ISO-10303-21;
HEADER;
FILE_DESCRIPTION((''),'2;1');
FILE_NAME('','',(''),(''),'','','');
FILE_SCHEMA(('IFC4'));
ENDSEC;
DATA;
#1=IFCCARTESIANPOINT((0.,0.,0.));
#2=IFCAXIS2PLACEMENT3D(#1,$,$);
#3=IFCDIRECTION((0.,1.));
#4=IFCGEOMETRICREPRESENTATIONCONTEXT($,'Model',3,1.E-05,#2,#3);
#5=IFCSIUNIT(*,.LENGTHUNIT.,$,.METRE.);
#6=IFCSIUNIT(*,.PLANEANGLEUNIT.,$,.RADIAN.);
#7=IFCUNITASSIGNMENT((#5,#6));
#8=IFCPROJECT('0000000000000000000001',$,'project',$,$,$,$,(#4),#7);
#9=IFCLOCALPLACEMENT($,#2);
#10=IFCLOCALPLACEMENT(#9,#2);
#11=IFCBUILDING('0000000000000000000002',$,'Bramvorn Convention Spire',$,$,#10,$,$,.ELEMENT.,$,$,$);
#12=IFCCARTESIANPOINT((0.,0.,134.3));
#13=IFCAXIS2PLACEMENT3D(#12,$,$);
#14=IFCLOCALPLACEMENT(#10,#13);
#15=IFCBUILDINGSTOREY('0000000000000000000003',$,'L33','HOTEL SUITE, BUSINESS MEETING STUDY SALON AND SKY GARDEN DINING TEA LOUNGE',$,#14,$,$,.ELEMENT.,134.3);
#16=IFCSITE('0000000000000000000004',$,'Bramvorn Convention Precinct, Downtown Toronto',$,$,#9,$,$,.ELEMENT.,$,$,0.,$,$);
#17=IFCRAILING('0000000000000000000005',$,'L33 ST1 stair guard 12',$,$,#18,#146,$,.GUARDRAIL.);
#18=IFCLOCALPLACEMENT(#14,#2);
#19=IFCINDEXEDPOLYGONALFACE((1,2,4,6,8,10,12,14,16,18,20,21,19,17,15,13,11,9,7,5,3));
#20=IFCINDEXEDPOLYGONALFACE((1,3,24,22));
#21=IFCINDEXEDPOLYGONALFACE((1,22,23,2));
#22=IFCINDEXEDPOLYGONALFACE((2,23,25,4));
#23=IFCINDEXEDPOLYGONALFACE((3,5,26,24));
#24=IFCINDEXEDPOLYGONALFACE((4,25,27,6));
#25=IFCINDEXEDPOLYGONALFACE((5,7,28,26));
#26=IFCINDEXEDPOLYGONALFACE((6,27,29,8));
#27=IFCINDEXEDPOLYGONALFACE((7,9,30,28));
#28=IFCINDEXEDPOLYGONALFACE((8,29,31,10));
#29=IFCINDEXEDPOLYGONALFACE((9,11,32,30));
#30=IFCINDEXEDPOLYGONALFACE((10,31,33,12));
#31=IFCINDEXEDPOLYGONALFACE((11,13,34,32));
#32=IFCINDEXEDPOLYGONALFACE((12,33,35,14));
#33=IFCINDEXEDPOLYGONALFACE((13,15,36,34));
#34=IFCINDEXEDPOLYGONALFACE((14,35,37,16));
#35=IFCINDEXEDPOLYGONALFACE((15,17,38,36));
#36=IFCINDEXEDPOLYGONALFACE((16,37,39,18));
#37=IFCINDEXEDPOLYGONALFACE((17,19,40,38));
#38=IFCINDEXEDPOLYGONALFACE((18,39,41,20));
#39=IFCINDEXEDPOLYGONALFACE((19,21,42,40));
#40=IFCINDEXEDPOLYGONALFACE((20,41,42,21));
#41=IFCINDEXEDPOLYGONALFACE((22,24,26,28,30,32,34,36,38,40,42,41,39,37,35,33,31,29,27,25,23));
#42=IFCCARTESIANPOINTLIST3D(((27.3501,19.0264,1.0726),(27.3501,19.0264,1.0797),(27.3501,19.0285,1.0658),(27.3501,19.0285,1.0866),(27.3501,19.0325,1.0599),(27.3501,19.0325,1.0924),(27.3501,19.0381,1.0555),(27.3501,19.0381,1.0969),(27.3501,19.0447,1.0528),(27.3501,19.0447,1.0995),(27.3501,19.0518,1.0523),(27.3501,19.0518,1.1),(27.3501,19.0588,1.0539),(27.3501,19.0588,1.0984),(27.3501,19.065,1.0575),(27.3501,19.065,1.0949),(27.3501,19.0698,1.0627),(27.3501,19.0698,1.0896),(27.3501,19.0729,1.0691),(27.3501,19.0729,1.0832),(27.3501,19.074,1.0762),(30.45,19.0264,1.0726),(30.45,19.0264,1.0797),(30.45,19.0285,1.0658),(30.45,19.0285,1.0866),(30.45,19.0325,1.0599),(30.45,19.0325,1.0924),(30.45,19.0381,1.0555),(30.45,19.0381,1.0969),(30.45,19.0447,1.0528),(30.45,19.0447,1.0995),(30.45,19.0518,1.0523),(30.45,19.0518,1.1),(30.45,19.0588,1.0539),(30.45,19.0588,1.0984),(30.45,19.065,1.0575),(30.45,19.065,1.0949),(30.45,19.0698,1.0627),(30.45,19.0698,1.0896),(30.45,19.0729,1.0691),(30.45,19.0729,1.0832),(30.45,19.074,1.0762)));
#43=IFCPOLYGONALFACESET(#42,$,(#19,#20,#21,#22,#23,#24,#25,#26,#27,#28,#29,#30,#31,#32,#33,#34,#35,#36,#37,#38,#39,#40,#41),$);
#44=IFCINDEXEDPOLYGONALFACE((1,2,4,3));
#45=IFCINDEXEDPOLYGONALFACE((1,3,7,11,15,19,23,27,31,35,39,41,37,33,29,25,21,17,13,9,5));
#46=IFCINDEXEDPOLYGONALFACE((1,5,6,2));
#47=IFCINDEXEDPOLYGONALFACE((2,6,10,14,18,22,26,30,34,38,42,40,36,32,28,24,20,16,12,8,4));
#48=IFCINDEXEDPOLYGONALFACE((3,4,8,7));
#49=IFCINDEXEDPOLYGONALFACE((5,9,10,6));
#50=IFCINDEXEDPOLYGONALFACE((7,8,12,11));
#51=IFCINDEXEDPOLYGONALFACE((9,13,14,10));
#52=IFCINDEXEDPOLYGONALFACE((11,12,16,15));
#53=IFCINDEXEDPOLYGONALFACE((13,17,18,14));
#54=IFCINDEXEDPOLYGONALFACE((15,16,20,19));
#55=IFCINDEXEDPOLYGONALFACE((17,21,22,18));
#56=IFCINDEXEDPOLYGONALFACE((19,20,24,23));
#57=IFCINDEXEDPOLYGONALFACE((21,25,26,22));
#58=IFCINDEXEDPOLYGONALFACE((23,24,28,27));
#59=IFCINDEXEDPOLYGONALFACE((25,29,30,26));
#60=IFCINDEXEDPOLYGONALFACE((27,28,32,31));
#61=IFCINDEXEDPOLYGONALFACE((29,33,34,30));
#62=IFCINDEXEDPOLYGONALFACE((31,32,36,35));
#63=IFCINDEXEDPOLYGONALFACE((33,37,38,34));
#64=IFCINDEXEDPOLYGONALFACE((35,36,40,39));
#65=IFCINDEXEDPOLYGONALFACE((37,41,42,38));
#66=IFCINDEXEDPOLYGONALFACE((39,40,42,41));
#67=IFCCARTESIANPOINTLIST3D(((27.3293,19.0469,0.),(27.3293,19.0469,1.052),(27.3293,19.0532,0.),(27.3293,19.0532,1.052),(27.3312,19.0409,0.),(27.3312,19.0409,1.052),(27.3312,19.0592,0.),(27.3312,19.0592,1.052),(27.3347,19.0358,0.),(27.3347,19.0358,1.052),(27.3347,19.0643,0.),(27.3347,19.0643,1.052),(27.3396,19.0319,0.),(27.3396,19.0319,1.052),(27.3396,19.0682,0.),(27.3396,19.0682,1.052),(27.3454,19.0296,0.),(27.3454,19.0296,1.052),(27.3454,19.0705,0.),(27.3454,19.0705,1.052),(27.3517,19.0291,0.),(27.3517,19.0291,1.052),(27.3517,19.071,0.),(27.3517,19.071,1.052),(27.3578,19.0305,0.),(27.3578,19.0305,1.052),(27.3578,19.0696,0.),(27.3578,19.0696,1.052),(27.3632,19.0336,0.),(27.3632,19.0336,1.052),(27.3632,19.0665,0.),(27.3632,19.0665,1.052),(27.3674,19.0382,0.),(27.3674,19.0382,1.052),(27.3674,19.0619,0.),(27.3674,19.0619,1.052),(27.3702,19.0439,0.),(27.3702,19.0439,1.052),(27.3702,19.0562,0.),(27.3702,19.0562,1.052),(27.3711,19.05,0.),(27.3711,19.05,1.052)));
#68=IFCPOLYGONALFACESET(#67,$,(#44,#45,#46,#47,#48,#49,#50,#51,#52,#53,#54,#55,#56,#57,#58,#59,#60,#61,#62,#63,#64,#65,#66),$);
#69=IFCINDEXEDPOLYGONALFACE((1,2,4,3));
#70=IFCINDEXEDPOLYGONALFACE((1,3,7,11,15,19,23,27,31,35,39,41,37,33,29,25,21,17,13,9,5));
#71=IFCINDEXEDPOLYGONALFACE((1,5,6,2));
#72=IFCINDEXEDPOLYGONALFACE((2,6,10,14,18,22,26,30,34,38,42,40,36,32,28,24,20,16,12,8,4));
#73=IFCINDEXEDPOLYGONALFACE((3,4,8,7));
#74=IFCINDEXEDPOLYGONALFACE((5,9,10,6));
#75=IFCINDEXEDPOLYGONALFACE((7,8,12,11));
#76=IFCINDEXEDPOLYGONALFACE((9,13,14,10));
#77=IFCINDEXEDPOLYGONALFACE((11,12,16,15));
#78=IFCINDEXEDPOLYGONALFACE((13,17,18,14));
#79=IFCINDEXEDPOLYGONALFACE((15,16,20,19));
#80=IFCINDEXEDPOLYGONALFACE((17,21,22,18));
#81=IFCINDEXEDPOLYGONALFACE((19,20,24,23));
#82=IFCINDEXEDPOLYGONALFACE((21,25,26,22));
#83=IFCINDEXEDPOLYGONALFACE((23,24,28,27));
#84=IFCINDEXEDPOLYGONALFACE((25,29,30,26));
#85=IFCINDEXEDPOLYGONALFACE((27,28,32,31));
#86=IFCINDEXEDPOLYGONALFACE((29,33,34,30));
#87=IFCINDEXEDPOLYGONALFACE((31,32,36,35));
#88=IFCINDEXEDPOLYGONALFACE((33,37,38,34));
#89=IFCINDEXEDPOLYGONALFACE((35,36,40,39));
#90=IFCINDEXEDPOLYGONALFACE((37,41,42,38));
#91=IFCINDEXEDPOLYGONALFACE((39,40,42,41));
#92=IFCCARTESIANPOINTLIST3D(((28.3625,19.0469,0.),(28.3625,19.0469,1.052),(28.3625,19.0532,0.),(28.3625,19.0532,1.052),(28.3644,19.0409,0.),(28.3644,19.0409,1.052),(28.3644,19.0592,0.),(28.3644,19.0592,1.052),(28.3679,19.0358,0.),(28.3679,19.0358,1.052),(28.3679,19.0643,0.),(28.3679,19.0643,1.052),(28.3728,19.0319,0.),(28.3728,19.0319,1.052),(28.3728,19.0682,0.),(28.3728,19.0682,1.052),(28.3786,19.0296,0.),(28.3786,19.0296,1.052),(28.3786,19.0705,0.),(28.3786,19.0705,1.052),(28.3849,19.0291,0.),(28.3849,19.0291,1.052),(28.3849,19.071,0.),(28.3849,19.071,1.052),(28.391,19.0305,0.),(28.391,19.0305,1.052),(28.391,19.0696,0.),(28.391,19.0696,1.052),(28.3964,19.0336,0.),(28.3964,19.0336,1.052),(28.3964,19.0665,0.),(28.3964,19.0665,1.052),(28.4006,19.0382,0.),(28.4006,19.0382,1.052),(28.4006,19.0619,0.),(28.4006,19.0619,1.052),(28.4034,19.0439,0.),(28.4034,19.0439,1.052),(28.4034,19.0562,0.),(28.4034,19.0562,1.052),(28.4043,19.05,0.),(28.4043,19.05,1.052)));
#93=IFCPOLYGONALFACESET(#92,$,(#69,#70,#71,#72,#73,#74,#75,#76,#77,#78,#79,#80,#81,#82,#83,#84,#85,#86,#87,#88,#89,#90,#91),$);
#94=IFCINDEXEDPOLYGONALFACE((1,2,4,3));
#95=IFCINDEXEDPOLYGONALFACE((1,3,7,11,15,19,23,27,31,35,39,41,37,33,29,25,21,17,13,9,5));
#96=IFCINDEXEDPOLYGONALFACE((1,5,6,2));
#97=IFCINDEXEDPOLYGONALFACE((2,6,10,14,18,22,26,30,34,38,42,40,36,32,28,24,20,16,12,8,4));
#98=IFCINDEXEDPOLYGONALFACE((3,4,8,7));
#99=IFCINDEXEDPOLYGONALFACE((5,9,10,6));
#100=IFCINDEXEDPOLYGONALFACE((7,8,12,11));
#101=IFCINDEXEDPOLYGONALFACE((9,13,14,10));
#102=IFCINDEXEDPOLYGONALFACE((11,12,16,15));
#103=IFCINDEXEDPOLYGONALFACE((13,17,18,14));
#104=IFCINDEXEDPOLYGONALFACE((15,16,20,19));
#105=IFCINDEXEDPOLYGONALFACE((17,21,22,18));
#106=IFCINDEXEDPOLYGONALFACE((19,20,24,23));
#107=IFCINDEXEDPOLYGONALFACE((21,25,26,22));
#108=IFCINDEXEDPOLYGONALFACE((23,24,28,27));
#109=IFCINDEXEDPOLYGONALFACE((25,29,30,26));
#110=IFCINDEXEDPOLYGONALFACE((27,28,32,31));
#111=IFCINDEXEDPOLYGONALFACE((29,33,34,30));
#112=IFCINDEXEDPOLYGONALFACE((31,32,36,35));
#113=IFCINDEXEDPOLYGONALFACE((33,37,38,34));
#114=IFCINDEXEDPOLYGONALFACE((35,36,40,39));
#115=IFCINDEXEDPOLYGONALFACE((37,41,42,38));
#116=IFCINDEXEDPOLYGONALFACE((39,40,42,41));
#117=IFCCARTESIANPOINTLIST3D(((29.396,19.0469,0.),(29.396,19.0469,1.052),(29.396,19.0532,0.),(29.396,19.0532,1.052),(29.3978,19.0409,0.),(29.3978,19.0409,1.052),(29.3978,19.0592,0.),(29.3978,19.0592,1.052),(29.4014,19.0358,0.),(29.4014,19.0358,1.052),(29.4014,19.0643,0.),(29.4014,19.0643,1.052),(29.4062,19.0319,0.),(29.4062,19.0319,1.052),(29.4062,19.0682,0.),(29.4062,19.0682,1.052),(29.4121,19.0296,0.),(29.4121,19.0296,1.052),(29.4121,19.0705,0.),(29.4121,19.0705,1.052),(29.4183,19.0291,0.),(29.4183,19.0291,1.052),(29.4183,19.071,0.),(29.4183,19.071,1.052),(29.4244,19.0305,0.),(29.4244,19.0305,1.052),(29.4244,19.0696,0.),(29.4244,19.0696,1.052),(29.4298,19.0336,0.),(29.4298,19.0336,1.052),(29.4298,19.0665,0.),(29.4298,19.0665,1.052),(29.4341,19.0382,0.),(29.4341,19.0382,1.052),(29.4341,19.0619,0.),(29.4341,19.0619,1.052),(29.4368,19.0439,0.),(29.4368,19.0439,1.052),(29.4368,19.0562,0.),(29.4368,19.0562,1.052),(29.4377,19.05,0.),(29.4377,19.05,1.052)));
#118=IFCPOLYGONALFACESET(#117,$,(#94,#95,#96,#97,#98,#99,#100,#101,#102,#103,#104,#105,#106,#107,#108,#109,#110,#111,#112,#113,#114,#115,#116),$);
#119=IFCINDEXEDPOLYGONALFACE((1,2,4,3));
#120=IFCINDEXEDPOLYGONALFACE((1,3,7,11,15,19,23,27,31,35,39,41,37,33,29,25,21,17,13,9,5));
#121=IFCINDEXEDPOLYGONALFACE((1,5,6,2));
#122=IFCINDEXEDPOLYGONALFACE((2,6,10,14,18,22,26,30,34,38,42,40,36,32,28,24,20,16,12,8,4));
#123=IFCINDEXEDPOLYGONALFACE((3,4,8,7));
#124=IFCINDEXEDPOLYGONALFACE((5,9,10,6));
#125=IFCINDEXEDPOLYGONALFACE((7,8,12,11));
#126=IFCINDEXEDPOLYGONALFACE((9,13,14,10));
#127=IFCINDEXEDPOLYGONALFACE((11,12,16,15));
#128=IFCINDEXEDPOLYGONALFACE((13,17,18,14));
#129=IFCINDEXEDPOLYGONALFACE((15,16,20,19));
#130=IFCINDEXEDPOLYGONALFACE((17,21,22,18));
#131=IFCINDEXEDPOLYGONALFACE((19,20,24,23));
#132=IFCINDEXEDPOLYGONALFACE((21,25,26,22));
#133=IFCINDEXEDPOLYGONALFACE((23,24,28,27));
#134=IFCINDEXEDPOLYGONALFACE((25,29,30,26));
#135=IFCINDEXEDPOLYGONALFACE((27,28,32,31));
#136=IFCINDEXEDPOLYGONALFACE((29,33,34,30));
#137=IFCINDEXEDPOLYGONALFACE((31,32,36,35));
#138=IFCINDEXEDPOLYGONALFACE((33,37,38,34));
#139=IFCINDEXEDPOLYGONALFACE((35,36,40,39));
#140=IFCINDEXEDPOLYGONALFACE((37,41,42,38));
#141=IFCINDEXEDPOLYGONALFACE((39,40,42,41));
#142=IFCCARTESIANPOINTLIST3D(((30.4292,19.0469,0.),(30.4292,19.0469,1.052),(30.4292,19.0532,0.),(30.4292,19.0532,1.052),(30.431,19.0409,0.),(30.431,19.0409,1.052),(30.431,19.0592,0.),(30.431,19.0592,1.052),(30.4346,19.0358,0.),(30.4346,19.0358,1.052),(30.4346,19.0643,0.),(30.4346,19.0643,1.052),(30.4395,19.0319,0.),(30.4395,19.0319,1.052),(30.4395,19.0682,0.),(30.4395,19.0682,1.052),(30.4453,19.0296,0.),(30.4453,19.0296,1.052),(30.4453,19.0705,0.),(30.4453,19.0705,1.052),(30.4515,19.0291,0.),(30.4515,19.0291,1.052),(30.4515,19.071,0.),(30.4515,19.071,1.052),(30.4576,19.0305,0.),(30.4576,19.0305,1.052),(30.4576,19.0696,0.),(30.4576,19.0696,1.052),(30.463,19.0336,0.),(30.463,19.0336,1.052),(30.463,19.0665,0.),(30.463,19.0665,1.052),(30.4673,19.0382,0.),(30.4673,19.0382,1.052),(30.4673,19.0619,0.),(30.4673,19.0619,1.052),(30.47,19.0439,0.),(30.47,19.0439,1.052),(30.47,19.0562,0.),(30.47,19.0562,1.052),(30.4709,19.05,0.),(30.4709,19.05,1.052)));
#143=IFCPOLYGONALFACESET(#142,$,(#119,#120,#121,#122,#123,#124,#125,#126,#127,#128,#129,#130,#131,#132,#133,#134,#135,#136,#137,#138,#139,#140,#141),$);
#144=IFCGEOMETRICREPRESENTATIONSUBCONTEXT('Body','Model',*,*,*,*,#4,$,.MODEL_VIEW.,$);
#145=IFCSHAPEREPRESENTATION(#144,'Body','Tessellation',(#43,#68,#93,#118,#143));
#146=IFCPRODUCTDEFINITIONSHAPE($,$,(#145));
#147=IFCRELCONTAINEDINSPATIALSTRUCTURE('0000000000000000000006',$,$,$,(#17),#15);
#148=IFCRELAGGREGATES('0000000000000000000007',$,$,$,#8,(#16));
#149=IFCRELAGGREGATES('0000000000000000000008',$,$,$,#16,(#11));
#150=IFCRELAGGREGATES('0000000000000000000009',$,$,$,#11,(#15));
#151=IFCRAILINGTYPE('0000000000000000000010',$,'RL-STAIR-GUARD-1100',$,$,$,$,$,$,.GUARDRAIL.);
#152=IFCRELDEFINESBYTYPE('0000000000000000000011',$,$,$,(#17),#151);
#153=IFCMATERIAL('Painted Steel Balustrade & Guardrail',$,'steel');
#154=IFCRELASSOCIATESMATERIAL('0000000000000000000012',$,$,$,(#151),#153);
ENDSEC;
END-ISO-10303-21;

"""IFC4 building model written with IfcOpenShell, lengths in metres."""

from ifc_helpers import new_model, si_unit, direction, frame, origin, origin_2d, place, context, subcontext, project, spatial, circle, extrude, material, type_object, element, save


model = new_model("IFC4")

# Units and contexts
model_context = context("Model", 3, precision=1e-05, world=origin(), true_north=direction((0.0, 1.0)))
body_context = subcontext(model_context, "Body", "Model", "MODEL_VIEW")
ifc_project = project(units=[si_unit("LENGTHUNIT", "METRE"), si_unit("PLANEANGLEUNIT", "RADIAN")], contexts=[model_context])

# Site, building, storey
site_placement = place(None, origin())
site = spatial("IfcSite", under=ifc_project, at=site_placement, Name="Bramvorn Convention Precinct, Downtown Toronto", CompositionType="ELEMENT", RefElevation=0.0)
building_placement = place(site_placement, origin())
building = spatial("IfcBuilding", under=site, at=building_placement, Name="Bramvorn Convention Spire", CompositionType="ELEMENT")
storey_placement = place(building_placement, frame((0.0, 0.0, 134.3)))
storey = spatial("IfcBuildingStorey", under=building, at=storey_placement, Name="L33", Description="HOTEL SUITE, BUSINESS MEETING STUDY SALON AND SKY GARDEN DINING TEA LOUNGE", CompositionType="ELEMENT", Elevation=134.3)

# Railing
ifc_material_1 = material(Name="Painted Steel Balustrade & Guardrail", Category="steel")
railing_type = type_object("IfcRailingType", Name="RL-STAIR-GUARD-1100", PredefinedType="GUARDRAIL", material=ifc_material_1)
railing_1_placement = place(storey_placement, frame((27.3501, 19.05, 0.0)))
element("IfcRailing", 1, at=railing_1_placement, inside=storey, type_object=railing_type, Name="L33 ST1 stair guard 12", PredefinedType="GUARDRAIL", context=body_context, shape_type="SweptSolid", body=[
    extrude(circle(Radius=0.0239, at=origin_2d()), frame((0.0, 0.0, 1.0762), z_axis=(1.0, 0.0, 0.0), x_axis=(0.0, 1.0, 0.0)), (0.0, 0.0, 1.0), 3.0999),
    extrude(circle(Radius=0.021, at=origin_2d()), origin(), (0.0, 0.0, 1.0), 1.052),
    extrude(circle(Radius=0.021, at=origin_2d()), frame((1.0332, 0.0, 0.0)), (0.0, 0.0, 1.0), 1.052),
    extrude(circle(Radius=0.021, at=origin_2d()), frame((2.0667, 0.0, 0.0)), (0.0, 0.0, 1.0), 1.052),
    extrude(circle(Radius=0.021, at=origin_2d()), frame((3.0999, 0.0, 0.0)), (0.0, 0.0, 1.0), 1.052),
])

save(model, "model.ifc")
